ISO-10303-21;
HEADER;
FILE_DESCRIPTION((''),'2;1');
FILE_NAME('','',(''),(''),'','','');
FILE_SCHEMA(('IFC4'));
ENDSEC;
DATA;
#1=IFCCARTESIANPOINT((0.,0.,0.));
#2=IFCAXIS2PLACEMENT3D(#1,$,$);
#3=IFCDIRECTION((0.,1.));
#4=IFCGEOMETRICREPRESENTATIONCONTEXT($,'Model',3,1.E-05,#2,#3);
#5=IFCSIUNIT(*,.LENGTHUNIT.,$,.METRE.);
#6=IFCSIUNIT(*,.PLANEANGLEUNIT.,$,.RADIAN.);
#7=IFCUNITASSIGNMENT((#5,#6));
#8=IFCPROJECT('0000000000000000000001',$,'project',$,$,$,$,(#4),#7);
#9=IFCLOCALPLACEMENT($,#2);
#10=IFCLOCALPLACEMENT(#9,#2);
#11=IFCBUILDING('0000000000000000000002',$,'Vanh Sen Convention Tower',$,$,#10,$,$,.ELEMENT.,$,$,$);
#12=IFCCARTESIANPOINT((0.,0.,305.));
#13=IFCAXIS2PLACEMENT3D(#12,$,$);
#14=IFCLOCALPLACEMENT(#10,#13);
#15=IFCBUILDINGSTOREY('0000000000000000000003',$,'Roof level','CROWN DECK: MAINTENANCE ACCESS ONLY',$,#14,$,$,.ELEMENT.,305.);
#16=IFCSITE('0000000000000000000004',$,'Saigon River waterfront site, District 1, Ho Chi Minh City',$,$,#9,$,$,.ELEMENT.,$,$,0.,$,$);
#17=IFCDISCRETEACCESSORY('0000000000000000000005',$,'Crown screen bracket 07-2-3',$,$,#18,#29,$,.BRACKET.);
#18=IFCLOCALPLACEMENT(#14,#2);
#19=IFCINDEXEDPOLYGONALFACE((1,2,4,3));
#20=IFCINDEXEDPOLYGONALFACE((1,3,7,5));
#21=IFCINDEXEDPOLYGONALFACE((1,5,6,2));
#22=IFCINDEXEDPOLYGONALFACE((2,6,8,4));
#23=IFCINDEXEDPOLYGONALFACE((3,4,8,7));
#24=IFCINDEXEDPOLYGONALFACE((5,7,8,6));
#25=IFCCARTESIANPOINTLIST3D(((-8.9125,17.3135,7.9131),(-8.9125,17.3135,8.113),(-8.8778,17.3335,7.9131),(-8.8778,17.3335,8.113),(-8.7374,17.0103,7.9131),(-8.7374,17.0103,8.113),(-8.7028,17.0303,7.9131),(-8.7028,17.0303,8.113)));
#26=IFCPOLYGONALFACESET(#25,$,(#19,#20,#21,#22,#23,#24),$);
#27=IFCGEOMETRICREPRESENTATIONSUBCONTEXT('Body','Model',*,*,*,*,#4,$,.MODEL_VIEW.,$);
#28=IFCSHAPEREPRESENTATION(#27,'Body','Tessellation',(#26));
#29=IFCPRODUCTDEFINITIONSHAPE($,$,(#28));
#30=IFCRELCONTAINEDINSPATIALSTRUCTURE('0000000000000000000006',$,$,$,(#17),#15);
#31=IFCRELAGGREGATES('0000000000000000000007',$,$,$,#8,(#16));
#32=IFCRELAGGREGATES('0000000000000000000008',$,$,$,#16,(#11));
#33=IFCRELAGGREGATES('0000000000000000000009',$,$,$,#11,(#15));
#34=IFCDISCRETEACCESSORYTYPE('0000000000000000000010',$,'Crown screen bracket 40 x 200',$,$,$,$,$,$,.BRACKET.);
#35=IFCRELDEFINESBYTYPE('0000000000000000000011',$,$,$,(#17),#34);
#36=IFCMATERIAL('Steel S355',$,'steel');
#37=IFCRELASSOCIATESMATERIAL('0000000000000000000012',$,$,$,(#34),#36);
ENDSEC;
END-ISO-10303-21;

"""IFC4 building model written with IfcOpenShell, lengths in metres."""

from ifc_helpers import new_model, si_unit, direction, frame, origin, origin_2d, place, context, subcontext, project, spatial, rectangle, extrude, material, type_object, element, save


model = new_model("IFC4")

# Units and contexts
model_context = context("Model", 3, precision=1e-05, world=origin(), true_north=direction((0.0, 1.0)))
body_context = subcontext(model_context, "Body", "Model", "MODEL_VIEW")
ifc_project = project(units=[si_unit("LENGTHUNIT", "METRE"), si_unit("PLANEANGLEUNIT", "RADIAN")], contexts=[model_context])

# Site, building, storey
site_placement = place(None, origin())
site = spatial("IfcSite", under=ifc_project, at=site_placement, Name="Saigon River waterfront site, District 1, Ho Chi Minh City", CompositionType="ELEMENT", RefElevation=0.0)
building_placement = place(site_placement, origin())
building = spatial("IfcBuilding", under=site, at=building_placement, Name="Vanh Sen Convention Tower", CompositionType="ELEMENT")
storey_placement = place(building_placement, frame((0.0, 0.0, 305.0)))
storey = spatial("IfcBuildingStorey", under=building, at=storey_placement, Name="Roof level", Description="CROWN DECK: MAINTENANCE ACCESS ONLY", CompositionType="ELEMENT", Elevation=305.0)

# Discrete accessory
ifc_material_1 = material(Name="Steel S355", Category="steel")
discrete_accessory_type_1 = type_object("IfcDiscreteAccessoryType", Name="Crown screen bracket 40 x 200", PredefinedType="BRACKET", material=ifc_material_1)
discrete_accessory_1_placement = place(storey_placement, frame((-8.8076, 17.1719, 7.9131), z_axis=(0.0, 0.0, 1.0), x_axis=(-0.500005, 0.866023, 0.0)))
element("IfcDiscreteAccessory", 1, at=discrete_accessory_1_placement, inside=storey, type_object=discrete_accessory_type_1, Name="Crown screen bracket 07-2-3", PredefinedType="BRACKET", context=body_context, shape_type="SweptSolid", body=[
    extrude(rectangle(XDim=0.3501, YDim=0.04, at=origin_2d()), origin(), (0.0, 0.0, 1.0), 0.2),
])

save(model, "model.ifc")
